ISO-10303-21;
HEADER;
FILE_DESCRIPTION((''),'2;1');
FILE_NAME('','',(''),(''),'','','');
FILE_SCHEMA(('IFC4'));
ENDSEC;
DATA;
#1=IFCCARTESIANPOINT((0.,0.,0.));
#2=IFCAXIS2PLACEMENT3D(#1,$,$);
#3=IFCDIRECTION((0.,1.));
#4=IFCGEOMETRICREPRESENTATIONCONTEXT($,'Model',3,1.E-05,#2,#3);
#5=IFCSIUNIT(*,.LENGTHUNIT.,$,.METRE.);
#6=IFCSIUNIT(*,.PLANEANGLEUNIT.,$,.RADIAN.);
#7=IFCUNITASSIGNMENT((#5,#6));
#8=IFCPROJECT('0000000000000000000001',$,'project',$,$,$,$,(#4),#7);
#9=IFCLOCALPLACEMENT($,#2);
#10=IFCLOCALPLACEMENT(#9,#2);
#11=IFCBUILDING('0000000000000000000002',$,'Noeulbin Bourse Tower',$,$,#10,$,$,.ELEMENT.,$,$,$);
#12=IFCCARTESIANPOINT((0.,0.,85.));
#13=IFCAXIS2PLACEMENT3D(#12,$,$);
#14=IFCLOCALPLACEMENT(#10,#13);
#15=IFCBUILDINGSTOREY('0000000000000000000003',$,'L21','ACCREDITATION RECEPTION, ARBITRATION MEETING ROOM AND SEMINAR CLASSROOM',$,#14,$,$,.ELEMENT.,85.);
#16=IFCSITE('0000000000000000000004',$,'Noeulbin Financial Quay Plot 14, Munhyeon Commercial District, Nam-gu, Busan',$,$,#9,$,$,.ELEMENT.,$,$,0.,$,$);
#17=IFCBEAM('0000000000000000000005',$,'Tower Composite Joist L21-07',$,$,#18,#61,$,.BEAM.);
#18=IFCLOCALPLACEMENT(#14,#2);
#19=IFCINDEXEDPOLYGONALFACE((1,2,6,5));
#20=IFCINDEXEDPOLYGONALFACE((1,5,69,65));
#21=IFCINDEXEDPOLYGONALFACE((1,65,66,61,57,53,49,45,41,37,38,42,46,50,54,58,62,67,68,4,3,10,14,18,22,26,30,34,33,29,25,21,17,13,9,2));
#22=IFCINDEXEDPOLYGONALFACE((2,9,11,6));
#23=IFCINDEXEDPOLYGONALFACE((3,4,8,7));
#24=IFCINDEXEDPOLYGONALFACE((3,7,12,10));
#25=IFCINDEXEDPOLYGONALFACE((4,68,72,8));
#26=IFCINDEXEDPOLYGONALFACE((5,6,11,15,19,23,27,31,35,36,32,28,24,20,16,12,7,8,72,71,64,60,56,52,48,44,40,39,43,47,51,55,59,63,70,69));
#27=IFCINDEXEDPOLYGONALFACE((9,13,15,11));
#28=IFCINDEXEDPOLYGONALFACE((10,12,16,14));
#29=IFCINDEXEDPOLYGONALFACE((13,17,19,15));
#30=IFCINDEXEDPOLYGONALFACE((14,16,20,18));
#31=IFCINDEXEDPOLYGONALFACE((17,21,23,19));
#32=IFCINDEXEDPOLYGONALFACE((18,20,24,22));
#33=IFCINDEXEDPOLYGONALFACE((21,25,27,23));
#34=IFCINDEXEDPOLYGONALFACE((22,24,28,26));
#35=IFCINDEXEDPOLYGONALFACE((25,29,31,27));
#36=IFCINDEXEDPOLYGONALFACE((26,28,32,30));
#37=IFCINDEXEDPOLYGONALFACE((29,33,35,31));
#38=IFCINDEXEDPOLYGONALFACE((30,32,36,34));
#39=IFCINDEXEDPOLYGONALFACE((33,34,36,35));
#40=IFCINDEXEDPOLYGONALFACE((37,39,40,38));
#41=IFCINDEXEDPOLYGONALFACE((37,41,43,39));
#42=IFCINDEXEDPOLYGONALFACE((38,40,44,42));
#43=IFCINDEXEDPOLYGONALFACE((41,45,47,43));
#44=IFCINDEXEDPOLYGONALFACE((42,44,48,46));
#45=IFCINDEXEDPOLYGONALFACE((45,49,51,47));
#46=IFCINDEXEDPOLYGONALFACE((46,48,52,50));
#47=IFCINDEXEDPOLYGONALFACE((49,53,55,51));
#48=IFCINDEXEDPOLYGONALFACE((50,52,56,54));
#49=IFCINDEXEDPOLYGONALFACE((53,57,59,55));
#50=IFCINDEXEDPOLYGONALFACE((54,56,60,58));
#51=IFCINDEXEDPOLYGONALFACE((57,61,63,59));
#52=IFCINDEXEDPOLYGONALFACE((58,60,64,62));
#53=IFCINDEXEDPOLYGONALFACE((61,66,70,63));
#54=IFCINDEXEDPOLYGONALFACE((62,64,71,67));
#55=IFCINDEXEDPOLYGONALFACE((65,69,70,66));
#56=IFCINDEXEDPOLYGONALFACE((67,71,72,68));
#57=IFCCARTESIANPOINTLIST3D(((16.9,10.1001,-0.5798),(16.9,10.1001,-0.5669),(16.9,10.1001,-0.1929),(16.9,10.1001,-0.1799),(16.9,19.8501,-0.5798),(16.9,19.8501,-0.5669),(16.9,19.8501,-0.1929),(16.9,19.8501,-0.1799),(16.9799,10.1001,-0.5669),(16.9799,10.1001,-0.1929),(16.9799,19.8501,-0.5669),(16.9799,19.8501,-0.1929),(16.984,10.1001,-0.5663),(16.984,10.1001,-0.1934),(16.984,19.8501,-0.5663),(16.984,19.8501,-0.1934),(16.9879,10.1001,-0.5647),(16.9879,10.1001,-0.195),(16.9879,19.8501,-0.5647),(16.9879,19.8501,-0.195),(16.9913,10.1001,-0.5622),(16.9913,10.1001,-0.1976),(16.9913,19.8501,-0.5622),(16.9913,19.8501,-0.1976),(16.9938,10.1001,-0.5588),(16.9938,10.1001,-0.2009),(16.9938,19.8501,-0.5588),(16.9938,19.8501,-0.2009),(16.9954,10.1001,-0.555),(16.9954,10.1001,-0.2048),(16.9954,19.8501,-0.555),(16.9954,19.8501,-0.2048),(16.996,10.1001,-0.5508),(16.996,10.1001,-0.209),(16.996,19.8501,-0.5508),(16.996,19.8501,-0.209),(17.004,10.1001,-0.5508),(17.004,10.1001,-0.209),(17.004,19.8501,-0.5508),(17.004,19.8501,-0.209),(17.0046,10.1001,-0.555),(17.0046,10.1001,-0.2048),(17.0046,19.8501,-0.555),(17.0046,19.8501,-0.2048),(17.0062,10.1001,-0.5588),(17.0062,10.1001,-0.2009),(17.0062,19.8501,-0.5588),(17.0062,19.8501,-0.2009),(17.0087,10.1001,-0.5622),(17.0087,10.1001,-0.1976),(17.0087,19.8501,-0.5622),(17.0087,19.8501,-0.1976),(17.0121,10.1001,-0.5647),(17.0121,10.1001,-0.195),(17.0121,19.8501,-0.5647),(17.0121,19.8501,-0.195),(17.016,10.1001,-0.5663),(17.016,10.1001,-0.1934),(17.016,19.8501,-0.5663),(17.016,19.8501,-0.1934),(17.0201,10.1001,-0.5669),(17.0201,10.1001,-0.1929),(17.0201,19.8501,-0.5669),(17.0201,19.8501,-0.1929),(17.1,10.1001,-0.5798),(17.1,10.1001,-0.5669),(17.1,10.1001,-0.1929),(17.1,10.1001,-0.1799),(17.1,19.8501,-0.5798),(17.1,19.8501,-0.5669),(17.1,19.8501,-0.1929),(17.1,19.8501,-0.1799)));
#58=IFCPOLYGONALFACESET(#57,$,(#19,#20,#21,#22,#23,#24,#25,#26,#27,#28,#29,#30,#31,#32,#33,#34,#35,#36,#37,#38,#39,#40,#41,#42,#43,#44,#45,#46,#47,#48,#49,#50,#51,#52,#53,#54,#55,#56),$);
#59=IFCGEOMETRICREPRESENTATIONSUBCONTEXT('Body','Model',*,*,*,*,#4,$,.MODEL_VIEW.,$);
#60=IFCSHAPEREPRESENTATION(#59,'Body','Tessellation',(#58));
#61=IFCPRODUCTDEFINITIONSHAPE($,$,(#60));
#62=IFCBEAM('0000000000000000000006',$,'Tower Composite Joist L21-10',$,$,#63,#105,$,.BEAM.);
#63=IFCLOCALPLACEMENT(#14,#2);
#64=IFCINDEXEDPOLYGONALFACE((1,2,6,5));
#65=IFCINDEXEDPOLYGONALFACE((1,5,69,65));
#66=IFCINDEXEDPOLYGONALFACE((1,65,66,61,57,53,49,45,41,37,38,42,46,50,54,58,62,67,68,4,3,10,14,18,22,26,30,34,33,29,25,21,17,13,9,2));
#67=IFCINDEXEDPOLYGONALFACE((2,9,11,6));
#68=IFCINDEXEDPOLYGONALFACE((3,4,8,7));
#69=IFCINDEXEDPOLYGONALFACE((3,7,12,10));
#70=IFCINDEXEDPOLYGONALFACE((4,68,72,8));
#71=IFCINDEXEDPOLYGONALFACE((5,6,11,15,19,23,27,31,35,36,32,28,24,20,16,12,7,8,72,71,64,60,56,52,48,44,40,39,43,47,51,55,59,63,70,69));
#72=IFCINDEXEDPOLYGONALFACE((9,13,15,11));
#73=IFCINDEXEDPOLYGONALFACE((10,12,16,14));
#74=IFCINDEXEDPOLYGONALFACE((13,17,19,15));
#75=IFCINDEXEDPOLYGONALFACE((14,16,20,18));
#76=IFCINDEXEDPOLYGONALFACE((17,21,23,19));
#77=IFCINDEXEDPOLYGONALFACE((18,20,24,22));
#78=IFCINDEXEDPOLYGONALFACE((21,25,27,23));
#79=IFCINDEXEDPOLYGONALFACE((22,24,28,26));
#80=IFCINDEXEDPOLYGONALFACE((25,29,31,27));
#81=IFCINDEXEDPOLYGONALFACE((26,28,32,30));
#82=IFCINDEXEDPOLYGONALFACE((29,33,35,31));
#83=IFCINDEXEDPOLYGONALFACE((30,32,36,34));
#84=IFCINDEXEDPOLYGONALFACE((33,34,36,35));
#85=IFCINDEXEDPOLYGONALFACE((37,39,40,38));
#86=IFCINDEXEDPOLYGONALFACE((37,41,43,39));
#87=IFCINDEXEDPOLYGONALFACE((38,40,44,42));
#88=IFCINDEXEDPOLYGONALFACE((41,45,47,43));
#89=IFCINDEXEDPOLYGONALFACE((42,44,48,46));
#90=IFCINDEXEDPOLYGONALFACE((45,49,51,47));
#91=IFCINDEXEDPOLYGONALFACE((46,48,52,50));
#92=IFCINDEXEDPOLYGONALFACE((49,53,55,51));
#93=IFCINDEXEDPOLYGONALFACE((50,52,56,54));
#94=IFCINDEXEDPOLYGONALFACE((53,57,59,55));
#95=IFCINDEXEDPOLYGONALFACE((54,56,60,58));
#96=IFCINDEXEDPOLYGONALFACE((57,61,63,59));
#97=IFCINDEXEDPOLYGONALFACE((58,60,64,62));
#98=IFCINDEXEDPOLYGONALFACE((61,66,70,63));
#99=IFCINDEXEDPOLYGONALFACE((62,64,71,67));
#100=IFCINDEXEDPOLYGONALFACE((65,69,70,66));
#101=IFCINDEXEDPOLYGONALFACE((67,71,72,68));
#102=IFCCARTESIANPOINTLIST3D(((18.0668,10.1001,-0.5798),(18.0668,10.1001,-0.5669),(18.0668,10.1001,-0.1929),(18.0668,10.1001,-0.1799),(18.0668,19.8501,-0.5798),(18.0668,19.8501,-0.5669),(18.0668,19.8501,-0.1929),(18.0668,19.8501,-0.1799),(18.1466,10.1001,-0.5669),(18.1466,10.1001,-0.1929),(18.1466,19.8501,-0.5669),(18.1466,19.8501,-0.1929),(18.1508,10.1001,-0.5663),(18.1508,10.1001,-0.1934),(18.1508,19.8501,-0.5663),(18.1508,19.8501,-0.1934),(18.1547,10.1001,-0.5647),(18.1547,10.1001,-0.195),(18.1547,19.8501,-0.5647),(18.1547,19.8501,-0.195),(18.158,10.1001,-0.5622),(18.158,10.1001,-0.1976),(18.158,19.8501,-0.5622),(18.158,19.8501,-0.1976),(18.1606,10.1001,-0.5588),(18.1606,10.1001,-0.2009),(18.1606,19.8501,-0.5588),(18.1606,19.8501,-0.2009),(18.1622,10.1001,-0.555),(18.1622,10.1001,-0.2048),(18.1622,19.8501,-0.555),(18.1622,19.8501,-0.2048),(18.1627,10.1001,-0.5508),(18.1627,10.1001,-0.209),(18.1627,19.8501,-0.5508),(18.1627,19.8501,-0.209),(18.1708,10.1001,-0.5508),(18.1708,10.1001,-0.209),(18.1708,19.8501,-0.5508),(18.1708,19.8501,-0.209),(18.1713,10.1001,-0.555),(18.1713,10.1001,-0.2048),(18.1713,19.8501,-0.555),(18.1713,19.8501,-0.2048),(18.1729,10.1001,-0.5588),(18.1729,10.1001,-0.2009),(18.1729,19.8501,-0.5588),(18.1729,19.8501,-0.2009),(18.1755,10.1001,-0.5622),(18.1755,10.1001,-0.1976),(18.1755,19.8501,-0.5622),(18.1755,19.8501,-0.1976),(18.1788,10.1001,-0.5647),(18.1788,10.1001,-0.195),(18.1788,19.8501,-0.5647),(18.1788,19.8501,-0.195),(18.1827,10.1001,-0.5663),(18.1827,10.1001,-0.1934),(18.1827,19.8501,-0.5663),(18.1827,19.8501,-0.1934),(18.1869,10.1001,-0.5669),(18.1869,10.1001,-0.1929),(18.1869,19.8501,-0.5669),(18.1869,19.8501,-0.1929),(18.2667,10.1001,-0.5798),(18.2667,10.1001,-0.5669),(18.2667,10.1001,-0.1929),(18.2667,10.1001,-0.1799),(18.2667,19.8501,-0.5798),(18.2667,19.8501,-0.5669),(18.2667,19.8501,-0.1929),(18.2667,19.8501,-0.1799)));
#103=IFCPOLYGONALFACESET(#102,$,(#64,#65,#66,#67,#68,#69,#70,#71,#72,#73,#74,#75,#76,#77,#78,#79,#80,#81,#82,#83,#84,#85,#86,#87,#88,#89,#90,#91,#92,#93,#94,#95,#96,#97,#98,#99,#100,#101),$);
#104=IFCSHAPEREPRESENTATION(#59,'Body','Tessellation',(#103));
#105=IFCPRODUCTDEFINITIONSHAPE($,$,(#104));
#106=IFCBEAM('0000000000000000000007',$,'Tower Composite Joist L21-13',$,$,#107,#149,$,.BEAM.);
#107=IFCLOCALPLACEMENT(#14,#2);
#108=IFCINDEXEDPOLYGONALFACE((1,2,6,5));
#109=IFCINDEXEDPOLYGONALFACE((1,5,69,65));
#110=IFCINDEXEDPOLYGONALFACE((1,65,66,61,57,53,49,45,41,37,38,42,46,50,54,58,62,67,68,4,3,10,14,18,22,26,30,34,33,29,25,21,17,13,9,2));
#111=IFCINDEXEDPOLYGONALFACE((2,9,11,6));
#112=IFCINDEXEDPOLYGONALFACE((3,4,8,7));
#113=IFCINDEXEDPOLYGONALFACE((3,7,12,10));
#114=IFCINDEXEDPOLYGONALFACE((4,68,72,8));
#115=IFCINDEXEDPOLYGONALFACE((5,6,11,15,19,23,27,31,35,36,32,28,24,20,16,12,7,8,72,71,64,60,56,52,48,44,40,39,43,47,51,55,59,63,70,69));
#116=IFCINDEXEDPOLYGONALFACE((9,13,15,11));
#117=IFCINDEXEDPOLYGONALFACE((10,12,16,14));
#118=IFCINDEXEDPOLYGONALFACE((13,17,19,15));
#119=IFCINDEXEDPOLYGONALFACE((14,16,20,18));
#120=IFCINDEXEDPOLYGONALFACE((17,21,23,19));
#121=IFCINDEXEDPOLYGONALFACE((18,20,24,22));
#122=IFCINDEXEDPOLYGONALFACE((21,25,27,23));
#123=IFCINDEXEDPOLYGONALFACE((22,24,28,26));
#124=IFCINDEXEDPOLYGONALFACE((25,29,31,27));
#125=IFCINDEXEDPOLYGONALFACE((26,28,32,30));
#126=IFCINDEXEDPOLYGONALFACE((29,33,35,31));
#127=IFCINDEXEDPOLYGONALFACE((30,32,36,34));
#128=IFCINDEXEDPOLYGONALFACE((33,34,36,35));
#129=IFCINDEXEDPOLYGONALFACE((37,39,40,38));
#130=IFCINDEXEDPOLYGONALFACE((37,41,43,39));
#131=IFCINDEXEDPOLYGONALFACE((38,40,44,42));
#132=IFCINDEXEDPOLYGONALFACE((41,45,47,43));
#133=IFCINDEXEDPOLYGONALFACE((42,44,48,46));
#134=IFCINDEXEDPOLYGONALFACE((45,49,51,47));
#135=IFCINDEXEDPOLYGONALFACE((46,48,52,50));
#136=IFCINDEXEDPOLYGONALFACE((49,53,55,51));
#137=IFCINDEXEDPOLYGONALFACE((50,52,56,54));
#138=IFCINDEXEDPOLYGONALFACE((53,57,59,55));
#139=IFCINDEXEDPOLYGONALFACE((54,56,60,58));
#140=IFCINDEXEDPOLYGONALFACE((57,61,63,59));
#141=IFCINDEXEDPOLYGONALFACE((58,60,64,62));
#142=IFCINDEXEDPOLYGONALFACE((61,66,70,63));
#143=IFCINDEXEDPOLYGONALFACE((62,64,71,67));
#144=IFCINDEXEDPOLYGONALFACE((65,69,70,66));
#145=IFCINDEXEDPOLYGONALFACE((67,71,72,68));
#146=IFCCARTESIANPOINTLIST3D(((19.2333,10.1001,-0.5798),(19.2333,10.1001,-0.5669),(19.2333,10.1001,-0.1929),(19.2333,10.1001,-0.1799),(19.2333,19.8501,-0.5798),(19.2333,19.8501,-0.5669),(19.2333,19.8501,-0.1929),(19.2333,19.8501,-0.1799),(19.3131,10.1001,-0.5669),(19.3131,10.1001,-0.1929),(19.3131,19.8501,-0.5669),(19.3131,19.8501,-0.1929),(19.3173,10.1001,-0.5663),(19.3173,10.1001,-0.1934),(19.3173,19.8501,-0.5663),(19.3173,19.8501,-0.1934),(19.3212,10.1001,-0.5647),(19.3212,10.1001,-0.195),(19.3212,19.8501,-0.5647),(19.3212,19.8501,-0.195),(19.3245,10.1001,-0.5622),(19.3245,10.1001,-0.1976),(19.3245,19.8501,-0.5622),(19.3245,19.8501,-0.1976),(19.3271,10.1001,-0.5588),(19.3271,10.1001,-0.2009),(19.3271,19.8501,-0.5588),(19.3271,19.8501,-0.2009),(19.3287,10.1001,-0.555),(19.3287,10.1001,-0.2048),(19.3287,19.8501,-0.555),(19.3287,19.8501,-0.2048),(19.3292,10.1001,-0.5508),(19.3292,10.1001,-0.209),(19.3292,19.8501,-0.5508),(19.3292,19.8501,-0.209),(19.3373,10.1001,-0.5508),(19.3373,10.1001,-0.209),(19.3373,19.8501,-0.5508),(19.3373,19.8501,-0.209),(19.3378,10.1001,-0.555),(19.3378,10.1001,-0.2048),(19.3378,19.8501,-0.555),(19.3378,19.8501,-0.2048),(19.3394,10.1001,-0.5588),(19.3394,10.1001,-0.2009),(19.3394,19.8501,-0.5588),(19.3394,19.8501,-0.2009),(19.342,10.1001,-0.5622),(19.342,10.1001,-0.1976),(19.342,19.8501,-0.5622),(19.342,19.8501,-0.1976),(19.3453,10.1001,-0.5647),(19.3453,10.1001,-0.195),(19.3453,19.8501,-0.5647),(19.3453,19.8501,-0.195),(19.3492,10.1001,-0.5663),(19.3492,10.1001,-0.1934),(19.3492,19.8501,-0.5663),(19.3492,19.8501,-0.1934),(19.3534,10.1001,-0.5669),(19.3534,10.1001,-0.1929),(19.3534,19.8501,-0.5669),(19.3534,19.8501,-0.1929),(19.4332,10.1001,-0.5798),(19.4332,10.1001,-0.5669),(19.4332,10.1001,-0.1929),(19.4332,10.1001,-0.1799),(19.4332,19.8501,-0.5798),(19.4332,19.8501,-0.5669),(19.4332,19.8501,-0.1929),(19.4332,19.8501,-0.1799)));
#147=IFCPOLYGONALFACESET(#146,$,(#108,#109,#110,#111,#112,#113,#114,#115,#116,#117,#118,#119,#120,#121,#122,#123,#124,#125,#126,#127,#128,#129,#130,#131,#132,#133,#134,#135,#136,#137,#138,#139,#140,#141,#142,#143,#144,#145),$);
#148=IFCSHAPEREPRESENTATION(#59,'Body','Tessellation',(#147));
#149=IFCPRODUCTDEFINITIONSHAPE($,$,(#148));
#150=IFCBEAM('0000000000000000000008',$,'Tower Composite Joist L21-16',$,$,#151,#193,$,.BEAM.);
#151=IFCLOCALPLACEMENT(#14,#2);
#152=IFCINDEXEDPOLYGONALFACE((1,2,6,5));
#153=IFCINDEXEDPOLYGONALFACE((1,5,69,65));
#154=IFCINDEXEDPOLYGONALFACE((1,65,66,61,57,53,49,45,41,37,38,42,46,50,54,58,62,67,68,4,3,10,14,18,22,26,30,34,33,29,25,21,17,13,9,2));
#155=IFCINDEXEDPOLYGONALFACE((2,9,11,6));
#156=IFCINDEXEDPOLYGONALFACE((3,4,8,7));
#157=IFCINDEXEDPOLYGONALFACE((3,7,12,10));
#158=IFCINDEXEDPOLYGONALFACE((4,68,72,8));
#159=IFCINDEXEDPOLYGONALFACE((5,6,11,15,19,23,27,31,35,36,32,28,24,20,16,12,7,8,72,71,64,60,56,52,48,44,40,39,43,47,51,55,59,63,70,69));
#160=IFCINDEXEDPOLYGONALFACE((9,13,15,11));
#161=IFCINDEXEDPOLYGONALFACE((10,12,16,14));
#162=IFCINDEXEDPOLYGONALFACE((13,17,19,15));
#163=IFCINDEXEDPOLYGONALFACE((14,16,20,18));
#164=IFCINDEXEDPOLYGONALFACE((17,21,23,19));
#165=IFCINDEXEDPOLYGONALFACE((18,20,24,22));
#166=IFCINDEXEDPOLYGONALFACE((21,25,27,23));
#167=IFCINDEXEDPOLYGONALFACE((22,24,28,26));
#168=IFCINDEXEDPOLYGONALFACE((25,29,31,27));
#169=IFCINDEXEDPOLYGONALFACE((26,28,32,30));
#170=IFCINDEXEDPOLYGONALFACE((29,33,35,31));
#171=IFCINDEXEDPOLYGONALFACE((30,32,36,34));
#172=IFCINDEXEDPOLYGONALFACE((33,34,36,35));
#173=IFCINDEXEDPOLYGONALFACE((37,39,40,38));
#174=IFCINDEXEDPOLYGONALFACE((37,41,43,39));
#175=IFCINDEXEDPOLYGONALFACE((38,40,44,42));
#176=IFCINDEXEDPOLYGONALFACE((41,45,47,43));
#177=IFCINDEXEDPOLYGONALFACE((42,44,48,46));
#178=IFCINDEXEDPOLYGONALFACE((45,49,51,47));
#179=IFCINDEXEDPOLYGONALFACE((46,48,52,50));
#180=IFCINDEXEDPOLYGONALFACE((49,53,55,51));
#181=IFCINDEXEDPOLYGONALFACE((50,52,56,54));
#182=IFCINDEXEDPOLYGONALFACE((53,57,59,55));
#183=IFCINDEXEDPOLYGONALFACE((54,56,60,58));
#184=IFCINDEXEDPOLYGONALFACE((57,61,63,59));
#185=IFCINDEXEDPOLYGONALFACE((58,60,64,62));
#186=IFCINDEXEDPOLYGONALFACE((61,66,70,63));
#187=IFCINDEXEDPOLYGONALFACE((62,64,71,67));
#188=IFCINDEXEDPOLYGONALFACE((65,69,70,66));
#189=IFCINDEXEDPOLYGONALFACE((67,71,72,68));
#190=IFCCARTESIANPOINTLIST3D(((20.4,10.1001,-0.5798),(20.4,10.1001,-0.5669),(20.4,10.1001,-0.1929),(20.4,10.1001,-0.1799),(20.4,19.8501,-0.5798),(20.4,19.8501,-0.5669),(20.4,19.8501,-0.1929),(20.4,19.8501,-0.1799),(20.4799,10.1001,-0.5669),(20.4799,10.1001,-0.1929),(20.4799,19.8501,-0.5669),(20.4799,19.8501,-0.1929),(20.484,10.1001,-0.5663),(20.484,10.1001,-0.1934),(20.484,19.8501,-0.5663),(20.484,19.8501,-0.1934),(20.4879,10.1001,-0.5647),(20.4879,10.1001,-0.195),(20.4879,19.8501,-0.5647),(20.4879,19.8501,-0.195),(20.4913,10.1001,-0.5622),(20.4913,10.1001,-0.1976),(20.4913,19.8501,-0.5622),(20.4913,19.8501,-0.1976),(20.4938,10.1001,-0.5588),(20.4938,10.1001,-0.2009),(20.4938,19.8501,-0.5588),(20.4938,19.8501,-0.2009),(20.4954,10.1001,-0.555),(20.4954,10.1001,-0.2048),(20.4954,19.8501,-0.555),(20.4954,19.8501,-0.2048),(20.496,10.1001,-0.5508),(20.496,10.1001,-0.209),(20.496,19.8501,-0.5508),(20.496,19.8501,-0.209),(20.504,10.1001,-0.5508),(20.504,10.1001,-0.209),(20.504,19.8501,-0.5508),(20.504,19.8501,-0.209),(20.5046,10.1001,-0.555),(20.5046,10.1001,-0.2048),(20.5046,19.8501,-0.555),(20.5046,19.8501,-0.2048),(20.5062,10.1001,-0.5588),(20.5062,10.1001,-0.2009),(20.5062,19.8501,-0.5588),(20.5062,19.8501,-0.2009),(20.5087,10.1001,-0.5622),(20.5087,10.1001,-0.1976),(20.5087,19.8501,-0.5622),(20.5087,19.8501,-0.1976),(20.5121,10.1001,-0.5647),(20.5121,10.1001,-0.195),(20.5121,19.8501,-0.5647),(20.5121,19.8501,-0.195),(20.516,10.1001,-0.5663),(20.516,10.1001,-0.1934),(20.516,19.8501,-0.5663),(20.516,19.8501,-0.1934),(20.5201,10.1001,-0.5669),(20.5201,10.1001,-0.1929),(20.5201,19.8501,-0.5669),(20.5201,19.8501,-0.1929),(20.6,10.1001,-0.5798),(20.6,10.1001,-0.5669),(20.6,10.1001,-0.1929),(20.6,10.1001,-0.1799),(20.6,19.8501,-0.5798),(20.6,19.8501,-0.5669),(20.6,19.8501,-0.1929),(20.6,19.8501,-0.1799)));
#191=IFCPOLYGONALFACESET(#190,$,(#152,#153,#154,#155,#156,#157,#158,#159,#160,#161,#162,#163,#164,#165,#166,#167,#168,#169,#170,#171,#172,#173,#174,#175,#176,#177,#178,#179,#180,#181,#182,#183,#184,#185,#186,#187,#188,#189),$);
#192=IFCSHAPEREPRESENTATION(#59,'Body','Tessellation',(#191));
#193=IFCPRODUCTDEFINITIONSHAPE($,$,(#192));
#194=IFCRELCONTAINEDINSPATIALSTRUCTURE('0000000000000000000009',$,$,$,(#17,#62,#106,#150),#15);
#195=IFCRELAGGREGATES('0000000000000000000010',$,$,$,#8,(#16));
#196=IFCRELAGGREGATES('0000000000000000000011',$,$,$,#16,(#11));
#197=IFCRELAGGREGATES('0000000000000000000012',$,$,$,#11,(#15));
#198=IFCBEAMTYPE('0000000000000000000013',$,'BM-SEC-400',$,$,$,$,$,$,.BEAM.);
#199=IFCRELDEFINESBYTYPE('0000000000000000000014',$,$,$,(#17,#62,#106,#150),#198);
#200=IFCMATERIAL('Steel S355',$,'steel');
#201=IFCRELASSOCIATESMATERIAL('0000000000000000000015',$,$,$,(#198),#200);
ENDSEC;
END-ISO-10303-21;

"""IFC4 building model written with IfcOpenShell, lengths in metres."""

from ifc_helpers import new_model, si_unit, direction, frame, origin, origin_2d, place, context, subcontext, project, spatial, i_section, extrude, material, material_profile, profile_set, type_object, element, save


model = new_model("IFC4")

# Units and contexts
model_context = context("Model", 3, precision=1e-05, world=origin(), true_north=direction((0.0, 1.0)))
body_context = subcontext(model_context, "Body", "Model", "MODEL_VIEW")
ifc_project = project(units=[si_unit("LENGTHUNIT", "METRE"), si_unit("PLANEANGLEUNIT", "RADIAN")], contexts=[model_context])

# Site, building, storey
site_placement = place(None, origin())
site = spatial("IfcSite", under=ifc_project, at=site_placement, Name="Noeulbin Financial Quay Plot 14, Munhyeon Commercial District, Nam-gu, Busan", CompositionType="ELEMENT", RefElevation=0.0)
building_placement = place(site_placement, origin())
building = spatial("IfcBuilding", under=site, at=building_placement, Name="Noeulbin Bourse Tower", CompositionType="ELEMENT")
storey_placement = place(building_placement, frame((0.0, 0.0, 85.0)))
storey = spatial("IfcBuildingStorey", under=building, at=storey_placement, Name="L21", Description="ACCREDITATION RECEPTION, ARBITRATION MEETING ROOM AND SEMINAR CLASSROOM", CompositionType="ELEMENT", Elevation=85.0)

# Beams
ifc_material_1 = material(Name="Steel S355", Category="steel")
ifc_material_profile_1 = material_profile(ifc_material_1, i_section(OverallWidth=0.2, OverallDepth=0.3999, WebThickness=0.0081, FlangeThickness=0.0129, FilletRadius=0.0161, at=origin_2d()), Name="H-400x200x8x13", Category="LoadBearing")
ifc_profile_set_1 = profile_set([ifc_material_profile_1], Name="Steel S355")
beam_type_1 = type_object("IfcBeamType", Name="BM-SEC-400", PredefinedType="BEAM", material=ifc_profile_set_1)
for number, where, z_axis, x_axis, name in (
    (1, (17.0, 10.1001, -0.3799), (0.0, 1.0, 0.0), (-1.0, 0.0, 0.0), "Tower Composite Joist L21-07"),
    (2, (18.1667, 10.1001, -0.3799), (0.0, 1.0, 0.0), (-1.0, 0.0, 0.0), "Tower Composite Joist L21-10"),
    (3, (19.3333, 10.1001, -0.3799), (0.0, 1.0, 0.0), (-1.0, 0.0, 0.0), "Tower Composite Joist L21-13"),
    (4, (20.5, 10.1001, -0.3799), (0.0, 1.0, 0.0), (-1.0, 0.0, 0.0), "Tower Composite Joist L21-16"),
):
    element("IfcBeam", number, at=place(storey_placement, frame(where, z_axis=z_axis, x_axis=x_axis)), inside=storey, type_object=beam_type_1, Name=name, PredefinedType="BEAM", context=body_context, shape_type="SweptSolid", body=[
        extrude(i_section(OverallWidth=0.2, OverallDepth=0.3999, WebThickness=0.0081, FlangeThickness=0.0129, FilletRadius=0.0161, at=origin_2d()), origin(), (0.0, 0.0, 1.0), 9.75),
    ])

save(model, "model.ifc")
